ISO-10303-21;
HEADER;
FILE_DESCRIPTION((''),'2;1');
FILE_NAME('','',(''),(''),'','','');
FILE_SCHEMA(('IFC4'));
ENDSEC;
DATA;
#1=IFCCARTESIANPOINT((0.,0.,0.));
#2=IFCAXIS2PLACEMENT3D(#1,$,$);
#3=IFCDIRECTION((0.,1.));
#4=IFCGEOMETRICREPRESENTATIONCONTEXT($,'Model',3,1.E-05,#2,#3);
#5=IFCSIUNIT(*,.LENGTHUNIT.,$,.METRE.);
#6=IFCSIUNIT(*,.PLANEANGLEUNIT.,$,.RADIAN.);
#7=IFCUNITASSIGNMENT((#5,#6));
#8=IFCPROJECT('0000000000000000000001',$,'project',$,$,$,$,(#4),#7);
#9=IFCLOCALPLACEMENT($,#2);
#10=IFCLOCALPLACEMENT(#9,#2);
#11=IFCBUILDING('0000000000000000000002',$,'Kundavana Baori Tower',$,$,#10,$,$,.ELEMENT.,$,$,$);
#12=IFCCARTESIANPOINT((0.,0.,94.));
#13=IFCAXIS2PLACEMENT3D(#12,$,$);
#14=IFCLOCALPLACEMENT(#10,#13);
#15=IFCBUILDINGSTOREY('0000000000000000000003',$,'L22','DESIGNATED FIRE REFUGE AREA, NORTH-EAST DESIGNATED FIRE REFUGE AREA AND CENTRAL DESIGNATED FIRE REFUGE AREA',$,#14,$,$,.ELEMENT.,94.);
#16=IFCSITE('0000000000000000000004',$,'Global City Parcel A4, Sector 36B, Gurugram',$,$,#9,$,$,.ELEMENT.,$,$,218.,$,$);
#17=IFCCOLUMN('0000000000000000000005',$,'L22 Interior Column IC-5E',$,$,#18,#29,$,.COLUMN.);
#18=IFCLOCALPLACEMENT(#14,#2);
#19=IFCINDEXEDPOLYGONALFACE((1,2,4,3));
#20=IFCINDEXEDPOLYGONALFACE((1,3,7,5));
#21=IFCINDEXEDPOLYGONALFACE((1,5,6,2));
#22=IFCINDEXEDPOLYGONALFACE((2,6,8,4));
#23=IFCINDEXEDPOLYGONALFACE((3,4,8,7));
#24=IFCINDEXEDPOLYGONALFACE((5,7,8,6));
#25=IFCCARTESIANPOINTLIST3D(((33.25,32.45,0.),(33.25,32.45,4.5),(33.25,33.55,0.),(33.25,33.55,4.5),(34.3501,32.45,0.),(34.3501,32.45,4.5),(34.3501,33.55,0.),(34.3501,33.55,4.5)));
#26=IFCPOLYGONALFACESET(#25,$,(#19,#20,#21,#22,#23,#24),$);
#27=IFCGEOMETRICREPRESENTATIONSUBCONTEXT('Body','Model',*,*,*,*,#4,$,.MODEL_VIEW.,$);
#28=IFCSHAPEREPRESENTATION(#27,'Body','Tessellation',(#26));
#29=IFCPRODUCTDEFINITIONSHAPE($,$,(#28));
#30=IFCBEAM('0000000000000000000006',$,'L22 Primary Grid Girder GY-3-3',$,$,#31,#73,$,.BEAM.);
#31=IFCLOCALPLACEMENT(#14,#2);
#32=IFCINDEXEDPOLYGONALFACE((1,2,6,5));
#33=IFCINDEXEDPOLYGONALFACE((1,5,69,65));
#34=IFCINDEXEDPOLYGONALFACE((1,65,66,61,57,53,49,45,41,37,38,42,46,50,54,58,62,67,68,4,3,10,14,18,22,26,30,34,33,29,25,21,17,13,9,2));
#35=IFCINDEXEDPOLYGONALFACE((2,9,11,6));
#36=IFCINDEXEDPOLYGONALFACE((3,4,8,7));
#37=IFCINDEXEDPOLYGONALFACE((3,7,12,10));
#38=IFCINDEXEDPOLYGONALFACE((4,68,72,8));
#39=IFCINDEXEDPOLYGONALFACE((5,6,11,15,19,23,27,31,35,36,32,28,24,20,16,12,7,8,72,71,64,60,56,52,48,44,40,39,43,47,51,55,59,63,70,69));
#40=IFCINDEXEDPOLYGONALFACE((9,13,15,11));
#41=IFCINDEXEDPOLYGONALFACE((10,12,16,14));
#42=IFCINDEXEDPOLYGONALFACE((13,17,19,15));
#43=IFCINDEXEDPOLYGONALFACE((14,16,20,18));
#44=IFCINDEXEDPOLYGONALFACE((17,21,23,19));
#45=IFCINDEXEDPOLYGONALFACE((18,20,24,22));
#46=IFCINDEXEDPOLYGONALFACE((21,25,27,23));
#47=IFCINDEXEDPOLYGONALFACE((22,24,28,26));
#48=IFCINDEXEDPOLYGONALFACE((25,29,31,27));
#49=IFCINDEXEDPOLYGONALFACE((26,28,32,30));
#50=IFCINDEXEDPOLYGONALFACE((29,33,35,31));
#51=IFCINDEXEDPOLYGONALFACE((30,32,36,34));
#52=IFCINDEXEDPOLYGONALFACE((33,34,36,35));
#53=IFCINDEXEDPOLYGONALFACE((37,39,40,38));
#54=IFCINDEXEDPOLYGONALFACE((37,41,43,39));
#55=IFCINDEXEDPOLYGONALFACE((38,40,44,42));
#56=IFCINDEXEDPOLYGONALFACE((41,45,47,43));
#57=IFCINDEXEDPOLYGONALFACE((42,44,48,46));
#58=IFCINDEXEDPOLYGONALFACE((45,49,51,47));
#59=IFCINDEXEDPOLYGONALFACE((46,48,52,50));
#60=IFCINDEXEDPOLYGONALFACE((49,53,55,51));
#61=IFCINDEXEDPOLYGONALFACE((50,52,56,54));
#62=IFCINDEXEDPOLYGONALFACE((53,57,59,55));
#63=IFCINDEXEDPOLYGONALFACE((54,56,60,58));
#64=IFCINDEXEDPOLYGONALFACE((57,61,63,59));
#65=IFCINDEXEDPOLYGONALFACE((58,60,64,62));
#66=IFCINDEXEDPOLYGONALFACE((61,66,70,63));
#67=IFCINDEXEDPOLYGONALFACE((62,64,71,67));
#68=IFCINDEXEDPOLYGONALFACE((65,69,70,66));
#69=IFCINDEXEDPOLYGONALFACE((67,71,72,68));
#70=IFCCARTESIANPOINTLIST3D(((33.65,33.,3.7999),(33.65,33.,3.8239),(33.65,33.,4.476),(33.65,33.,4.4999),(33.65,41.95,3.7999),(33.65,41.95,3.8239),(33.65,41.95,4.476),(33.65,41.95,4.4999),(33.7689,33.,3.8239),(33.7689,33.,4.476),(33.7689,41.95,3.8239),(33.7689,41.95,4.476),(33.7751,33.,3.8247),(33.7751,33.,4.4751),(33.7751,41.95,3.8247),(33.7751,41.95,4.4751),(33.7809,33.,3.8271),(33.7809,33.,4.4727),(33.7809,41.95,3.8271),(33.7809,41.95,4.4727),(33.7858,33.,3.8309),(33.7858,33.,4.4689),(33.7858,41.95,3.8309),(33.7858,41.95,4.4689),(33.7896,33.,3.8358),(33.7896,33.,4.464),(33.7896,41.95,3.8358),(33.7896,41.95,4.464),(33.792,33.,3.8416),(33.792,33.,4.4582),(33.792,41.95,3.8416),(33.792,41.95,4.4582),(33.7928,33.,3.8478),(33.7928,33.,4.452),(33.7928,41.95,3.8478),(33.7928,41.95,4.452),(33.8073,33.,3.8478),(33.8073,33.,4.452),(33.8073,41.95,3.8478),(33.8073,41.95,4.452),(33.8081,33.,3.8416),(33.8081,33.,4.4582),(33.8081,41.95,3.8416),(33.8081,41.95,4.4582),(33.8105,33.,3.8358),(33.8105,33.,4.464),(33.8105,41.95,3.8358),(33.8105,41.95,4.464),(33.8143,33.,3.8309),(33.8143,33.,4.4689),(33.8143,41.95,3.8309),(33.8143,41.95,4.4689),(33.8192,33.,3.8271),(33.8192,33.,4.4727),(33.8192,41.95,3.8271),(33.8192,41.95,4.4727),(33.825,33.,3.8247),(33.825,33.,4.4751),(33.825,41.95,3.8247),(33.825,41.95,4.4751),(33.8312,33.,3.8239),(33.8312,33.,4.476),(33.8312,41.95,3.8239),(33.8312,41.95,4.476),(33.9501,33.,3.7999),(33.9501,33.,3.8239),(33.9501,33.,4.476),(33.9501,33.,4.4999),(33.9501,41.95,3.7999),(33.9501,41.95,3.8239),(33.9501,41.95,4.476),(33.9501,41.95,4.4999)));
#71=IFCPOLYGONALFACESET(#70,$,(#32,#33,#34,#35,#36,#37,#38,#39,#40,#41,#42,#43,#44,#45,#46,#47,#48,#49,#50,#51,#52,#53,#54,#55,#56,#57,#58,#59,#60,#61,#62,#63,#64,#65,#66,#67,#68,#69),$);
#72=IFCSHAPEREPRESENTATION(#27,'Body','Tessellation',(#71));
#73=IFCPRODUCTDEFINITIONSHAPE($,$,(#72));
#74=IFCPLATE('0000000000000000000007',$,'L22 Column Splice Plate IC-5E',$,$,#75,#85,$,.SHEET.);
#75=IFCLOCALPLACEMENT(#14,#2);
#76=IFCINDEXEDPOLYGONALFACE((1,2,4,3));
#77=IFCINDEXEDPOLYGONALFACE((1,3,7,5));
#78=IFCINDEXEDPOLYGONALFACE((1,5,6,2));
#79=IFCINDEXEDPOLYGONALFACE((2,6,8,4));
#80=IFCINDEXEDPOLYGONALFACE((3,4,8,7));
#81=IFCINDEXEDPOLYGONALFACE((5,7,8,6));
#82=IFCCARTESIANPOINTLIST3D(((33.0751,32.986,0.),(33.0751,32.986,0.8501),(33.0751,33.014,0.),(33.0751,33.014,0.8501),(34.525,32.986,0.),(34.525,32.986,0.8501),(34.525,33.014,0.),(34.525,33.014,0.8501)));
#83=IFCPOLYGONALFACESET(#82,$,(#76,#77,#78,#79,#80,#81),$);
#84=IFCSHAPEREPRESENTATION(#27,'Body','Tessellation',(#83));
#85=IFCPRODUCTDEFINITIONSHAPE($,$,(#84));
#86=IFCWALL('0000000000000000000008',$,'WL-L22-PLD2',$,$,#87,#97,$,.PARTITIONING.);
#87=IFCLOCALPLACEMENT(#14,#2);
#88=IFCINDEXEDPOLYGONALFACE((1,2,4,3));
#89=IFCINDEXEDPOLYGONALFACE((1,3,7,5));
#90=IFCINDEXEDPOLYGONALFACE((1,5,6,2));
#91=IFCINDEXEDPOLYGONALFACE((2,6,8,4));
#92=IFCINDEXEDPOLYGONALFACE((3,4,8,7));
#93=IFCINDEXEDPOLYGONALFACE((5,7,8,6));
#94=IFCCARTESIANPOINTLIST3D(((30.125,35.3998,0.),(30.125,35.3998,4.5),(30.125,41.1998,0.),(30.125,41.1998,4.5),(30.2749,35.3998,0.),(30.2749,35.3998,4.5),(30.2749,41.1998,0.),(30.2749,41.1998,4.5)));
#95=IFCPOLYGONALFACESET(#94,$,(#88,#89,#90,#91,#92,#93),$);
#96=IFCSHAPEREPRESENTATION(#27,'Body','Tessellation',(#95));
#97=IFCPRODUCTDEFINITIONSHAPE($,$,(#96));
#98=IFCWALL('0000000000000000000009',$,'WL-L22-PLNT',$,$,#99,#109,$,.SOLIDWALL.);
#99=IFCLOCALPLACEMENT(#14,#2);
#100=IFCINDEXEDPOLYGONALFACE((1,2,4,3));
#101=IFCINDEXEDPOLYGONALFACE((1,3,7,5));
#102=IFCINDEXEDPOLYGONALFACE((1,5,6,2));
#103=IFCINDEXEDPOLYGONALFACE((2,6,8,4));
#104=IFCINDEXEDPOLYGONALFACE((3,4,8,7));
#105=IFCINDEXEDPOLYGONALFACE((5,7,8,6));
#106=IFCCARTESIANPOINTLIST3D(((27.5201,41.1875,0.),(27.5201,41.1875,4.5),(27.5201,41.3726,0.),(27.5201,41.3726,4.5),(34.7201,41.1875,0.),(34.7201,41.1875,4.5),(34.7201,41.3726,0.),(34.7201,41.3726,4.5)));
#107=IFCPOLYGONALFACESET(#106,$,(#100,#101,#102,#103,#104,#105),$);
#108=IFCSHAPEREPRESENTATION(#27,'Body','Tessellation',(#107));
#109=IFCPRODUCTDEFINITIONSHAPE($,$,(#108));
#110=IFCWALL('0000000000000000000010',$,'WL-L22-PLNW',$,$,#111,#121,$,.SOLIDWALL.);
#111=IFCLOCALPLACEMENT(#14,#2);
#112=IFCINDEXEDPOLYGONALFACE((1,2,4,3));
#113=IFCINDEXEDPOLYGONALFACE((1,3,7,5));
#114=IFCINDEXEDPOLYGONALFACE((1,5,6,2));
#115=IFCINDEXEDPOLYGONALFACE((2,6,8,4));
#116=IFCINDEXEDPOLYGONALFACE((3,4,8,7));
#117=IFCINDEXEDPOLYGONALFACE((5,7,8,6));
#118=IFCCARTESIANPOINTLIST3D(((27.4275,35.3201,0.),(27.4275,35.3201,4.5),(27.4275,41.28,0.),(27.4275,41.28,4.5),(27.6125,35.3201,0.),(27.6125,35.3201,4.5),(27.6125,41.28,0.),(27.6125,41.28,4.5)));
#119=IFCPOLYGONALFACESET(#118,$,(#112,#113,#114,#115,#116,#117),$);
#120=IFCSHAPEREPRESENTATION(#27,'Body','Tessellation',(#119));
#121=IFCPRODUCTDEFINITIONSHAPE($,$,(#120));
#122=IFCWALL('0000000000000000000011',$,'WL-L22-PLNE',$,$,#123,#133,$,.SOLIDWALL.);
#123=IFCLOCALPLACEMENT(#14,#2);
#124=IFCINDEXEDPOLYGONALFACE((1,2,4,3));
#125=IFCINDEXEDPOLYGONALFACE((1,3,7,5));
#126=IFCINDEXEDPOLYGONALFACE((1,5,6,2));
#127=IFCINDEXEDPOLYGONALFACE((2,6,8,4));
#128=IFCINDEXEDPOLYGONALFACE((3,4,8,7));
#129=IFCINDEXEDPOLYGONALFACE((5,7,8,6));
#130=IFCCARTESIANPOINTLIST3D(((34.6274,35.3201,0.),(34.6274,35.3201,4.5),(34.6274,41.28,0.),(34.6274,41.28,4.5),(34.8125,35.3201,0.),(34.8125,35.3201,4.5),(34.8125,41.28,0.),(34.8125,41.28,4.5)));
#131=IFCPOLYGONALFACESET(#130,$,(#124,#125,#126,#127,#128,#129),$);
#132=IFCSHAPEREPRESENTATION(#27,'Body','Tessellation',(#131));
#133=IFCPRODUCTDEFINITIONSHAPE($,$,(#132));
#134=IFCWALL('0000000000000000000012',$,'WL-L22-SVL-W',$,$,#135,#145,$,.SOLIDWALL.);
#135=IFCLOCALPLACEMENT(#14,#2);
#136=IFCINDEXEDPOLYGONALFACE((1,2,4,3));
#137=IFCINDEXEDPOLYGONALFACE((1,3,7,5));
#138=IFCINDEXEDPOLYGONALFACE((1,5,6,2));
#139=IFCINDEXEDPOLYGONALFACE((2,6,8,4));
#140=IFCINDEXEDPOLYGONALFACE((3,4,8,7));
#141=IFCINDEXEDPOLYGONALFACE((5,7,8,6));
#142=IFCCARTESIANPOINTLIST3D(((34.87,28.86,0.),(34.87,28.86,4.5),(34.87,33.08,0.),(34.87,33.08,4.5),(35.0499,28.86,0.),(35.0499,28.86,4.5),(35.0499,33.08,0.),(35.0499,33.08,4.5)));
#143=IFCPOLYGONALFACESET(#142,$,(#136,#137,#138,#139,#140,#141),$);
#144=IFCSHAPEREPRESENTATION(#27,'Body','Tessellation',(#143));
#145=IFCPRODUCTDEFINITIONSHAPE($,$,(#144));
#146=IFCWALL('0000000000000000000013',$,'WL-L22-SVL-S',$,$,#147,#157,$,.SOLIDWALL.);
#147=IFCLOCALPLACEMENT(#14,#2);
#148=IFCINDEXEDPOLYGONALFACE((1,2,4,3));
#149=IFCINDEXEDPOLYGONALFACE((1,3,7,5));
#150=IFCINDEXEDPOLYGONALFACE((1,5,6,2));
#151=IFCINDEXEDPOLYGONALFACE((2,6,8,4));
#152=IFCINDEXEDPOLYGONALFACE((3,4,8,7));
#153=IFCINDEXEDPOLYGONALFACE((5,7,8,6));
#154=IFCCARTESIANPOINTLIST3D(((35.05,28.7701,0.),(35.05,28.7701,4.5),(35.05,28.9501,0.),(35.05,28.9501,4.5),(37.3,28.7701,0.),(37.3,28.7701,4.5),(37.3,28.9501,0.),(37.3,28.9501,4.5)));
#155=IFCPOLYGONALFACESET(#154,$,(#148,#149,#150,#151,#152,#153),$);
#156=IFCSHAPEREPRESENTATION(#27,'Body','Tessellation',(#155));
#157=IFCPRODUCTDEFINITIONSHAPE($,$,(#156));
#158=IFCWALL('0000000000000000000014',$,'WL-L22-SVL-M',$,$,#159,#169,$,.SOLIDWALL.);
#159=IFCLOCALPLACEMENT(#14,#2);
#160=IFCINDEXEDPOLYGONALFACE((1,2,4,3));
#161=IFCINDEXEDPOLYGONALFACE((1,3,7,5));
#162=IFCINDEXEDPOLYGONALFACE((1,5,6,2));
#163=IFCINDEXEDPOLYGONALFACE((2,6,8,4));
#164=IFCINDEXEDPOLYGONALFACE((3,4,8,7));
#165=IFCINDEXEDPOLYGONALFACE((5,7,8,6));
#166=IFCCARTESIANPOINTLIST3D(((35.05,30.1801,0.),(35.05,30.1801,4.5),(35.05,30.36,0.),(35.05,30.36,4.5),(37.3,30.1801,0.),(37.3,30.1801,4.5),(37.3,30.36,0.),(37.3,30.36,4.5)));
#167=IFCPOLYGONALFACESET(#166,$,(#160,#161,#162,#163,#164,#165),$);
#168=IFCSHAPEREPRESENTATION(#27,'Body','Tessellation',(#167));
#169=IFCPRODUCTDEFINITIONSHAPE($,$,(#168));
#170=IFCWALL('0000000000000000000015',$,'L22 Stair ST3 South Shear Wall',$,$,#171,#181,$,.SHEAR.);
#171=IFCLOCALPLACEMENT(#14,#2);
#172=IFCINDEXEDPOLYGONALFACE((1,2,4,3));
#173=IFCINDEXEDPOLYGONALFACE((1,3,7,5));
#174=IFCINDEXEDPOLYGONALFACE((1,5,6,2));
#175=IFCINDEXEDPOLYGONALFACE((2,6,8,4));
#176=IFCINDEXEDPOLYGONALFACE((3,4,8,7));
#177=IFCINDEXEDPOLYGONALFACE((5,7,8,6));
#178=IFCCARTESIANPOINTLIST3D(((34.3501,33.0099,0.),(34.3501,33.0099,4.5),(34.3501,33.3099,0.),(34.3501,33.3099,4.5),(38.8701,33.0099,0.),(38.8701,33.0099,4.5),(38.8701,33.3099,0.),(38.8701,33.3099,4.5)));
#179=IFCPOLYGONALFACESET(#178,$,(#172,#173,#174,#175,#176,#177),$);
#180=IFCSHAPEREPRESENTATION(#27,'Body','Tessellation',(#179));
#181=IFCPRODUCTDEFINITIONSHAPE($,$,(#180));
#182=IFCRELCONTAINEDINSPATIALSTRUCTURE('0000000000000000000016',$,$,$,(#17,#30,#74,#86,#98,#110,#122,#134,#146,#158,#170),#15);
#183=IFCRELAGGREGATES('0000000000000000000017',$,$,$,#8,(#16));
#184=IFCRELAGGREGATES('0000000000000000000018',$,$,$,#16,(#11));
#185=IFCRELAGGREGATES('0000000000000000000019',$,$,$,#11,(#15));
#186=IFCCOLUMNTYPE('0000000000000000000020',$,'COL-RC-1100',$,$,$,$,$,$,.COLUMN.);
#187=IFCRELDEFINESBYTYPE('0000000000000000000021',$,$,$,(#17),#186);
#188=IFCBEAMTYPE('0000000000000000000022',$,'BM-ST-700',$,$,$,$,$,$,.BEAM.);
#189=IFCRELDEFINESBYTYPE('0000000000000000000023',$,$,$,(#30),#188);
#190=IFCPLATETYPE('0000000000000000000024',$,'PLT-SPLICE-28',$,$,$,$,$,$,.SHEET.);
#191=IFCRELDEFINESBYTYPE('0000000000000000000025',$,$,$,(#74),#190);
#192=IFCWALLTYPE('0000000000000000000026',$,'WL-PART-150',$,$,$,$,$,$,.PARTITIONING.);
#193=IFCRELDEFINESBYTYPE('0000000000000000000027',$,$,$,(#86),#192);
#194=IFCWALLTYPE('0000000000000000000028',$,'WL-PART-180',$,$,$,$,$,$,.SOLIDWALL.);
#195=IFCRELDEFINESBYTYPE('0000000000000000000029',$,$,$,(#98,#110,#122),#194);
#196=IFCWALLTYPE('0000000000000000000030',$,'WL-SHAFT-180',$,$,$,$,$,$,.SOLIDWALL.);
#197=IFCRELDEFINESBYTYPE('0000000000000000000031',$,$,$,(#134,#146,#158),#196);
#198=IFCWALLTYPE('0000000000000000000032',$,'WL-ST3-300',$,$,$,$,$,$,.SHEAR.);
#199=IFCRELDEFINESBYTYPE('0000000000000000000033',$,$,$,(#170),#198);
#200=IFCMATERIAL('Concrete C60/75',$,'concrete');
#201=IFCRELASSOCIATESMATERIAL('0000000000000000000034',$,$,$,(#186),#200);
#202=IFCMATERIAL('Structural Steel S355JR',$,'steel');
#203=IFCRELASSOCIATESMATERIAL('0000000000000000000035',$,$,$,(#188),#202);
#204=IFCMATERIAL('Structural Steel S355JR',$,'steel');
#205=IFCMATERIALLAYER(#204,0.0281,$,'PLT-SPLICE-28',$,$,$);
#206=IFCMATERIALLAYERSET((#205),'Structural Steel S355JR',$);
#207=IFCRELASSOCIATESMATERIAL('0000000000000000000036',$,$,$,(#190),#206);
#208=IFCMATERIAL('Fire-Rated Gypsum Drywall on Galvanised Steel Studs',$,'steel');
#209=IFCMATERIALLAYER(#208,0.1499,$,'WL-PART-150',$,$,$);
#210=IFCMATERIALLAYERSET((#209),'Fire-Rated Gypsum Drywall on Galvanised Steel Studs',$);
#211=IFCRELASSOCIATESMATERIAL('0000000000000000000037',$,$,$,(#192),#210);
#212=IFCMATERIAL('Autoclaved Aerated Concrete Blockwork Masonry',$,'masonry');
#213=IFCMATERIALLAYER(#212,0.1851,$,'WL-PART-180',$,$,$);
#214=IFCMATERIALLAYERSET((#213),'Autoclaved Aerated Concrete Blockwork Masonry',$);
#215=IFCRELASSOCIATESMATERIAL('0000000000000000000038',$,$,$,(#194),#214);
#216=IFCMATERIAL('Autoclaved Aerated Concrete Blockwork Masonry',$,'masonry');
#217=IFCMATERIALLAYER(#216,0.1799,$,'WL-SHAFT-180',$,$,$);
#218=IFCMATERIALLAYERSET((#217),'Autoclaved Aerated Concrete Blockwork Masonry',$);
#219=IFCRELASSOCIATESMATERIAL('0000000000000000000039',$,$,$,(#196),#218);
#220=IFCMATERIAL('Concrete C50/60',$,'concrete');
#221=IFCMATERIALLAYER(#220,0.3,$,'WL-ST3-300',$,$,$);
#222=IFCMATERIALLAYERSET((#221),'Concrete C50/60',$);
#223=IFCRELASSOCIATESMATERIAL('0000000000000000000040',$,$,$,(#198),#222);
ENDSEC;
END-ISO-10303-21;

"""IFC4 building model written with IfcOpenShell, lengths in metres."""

from ifc_helpers import new_model, si_unit, direction, frame, frame_2d, origin, origin_2d, place, context, subcontext, project, spatial, rectangle, i_section, extrude, material, layer, layer_set, material_profile, profile_set, type_object, element, save


model = new_model("IFC4")

# Units and contexts
model_context = context("Model", 3, precision=1e-05, world=origin(), true_north=direction((0.0, 1.0)))
body_context = subcontext(model_context, "Body", "Model", "MODEL_VIEW")
ifc_project = project(units=[si_unit("LENGTHUNIT", "METRE"), si_unit("PLANEANGLEUNIT", "RADIAN")], contexts=[model_context])

# Site, building, storey
site_placement = place(None, origin())
site = spatial("IfcSite", under=ifc_project, at=site_placement, Name="Global City Parcel A4, Sector 36B, Gurugram", CompositionType="ELEMENT", RefElevation=218.0)
building_placement = place(site_placement, origin())
building = spatial("IfcBuilding", under=site, at=building_placement, Name="Kundavana Baori Tower", CompositionType="ELEMENT")
storey_placement = place(building_placement, frame((0.0, 0.0, 94.0)))
storey = spatial("IfcBuildingStorey", under=building, at=storey_placement, Name="L22", Description="DESIGNATED FIRE REFUGE AREA, NORTH-EAST DESIGNATED FIRE REFUGE AREA AND CENTRAL DESIGNATED FIRE REFUGE AREA", CompositionType="ELEMENT", Elevation=94.0)

# Column
ifc_material_1 = material(Name="Concrete C60/75", Category="concrete")
ifc_material_profile_1 = material_profile(ifc_material_1, rectangle(XDim=1.1001, YDim=1.1001, at=origin_2d()), Name="RC 1100x1100")
ifc_profile_set_1 = profile_set([ifc_material_profile_1], Name="Concrete C60/75")
column_type = type_object("IfcColumnType", Name="COL-RC-1100", PredefinedType="COLUMN", material=ifc_profile_set_1)
column_placement = place(storey_placement, frame((33.8, 33.0, 0.0), z_axis=(0.0, 0.0, 1.0), x_axis=(1.0, 0.0, 0.0)))
element("IfcColumn", 1, at=column_placement, inside=storey, type_object=column_type, Name="L22 Interior Column IC-5E", PredefinedType="COLUMN", context=body_context, shape_type="SweptSolid", body=[
    extrude(rectangle(XDim=1.1001, YDim=1.1001, at=origin_2d()), origin(), (0.0, 0.0, 1.0), 4.5),
])

# Beam
ifc_material_2 = material(Name="Structural Steel S355JR", Category="steel")
ifc_material_profile_2 = material_profile(ifc_material_2, i_section(OverallWidth=0.3, OverallDepth=0.7, WebThickness=0.0144, FlangeThickness=0.0239, FilletRadius=0.0239, at=origin_2d()), Name="NPB 700x300x170")
ifc_profile_set_2 = profile_set([ifc_material_profile_2], Name="Structural Steel S355JR")
beam_type = type_object("IfcBeamType", Name="BM-ST-700", PredefinedType="BEAM", material=ifc_profile_set_2)
beam_placement = place(storey_placement, frame((33.8, 33.0, 4.1499), z_axis=(0.0, 1.0, 0.0), x_axis=(-1.0, 0.0, 0.0)))
element("IfcBeam", 2, at=beam_placement, inside=storey, type_object=beam_type, Name="L22 Primary Grid Girder GY-3-3", PredefinedType="BEAM", context=body_context, shape_type="SweptSolid", body=[
    extrude(i_section(OverallWidth=0.3, OverallDepth=0.7, WebThickness=0.0144, FlangeThickness=0.0239, FilletRadius=0.0239, at=origin_2d()), origin(), (0.0, 0.0, 1.0), 8.95),
])

# Plate
ifc_material_3 = material(Name="Structural Steel S355JR", Category="steel")
ifc_layer_1 = layer(ifc_material_3, 0.0281, Name="PLT-SPLICE-28")
ifc_layer_set_1 = layer_set([ifc_layer_1], Name="Structural Steel S355JR")
plate_type = type_object("IfcPlateType", Name="PLT-SPLICE-28", PredefinedType="SHEET", material=ifc_layer_set_1)
plate_placement = place(storey_placement, frame((33.8, 33.0, 0.0), z_axis=(0.0, 0.0, 1.0), x_axis=(1.0, 0.0, 0.0)))
element("IfcPlate", 3, at=plate_placement, inside=storey, type_object=plate_type, Name="L22 Column Splice Plate IC-5E", PredefinedType="SHEET", context=body_context, shape_type="SweptSolid", body=[
    extrude(rectangle(XDim=1.45, YDim=0.0281, at=origin_2d()), origin(), (0.0, 0.0, 1.0), 0.8501),
])

# Walls
ifc_material_4 = material(Name="Fire-Rated Gypsum Drywall on Galvanised Steel Studs", Category="steel")
ifc_layer_2 = layer(ifc_material_4, 0.1499, Name="WL-PART-150")
ifc_layer_set_2 = layer_set([ifc_layer_2], Name="Fire-Rated Gypsum Drywall on Galvanised Steel Studs")
wall_type_1 = type_object("IfcWallType", Name="WL-PART-150", PredefinedType="PARTITIONING", material=ifc_layer_set_2)
wall_1_placement = place(storey_placement, frame((30.2, 35.3999, 0.0), z_axis=(0.0, 0.0, 1.0), x_axis=(0.0, 1.0, 0.0)))
element("IfcWall", 4, at=wall_1_placement, inside=storey, type_object=wall_type_1, Name="WL-L22-PLD2", PredefinedType="PARTITIONING", context=body_context, shape_type="SweptSolid", body=[
    extrude(rectangle(XDim=5.8, YDim=0.1499, at=frame_2d((2.8999, 0.0))), origin(), (0.0, 0.0, 1.0), 4.5),
])
ifc_material_5 = material(Name="Autoclaved Aerated Concrete Blockwork Masonry", Category="masonry")
ifc_layer_3 = layer(ifc_material_5, 0.1851, Name="WL-PART-180")
ifc_layer_set_3 = layer_set([ifc_layer_3], Name="Autoclaved Aerated Concrete Blockwork Masonry")
wall_type_2 = type_object("IfcWallType", Name="WL-PART-180", PredefinedType="SOLIDWALL", material=ifc_layer_set_3)
wall_2_placement = place(storey_placement, frame((27.52, 41.28, 0.0), z_axis=(0.0, 0.0, 1.0), x_axis=(1.0, 0.0, 0.0)))
element("IfcWall", 5, at=wall_2_placement, inside=storey, type_object=wall_type_2, Name="WL-L22-PLNT", PredefinedType="SOLIDWALL", context=body_context, shape_type="SweptSolid", body=[
    extrude(rectangle(XDim=7.2, YDim=0.1851, at=frame_2d((3.6001, 0.0))), origin(), (0.0, 0.0, 1.0), 4.5),
])
for number, where, z_axis, x_axis, name in (
    (6, (27.52, 35.3201, 0.0), (0.0, 0.0, 1.0), (0.0, 1.0, 0.0), "WL-L22-PLNW"),
    (7, (34.72, 35.3201, 0.0), (0.0, 0.0, 1.0), (0.0, 1.0, 0.0), "WL-L22-PLNE"),
):
    element("IfcWall", number, at=place(storey_placement, frame(where, z_axis=z_axis, x_axis=x_axis)), inside=storey, type_object=wall_type_2, Name=name, PredefinedType="SOLIDWALL", context=body_context, shape_type="SweptSolid", body=[
        extrude(rectangle(XDim=5.96, YDim=0.1851, at=frame_2d((2.98, 0.0))), origin(), (0.0, 0.0, 1.0), 4.5),
    ])
ifc_material_6 = material(Name="Autoclaved Aerated Concrete Blockwork Masonry", Category="masonry")
ifc_layer_4 = layer(ifc_material_6, 0.1799, Name="WL-SHAFT-180")
ifc_layer_set_4 = layer_set([ifc_layer_4], Name="Autoclaved Aerated Concrete Blockwork Masonry")
wall_type_3 = type_object("IfcWallType", Name="WL-SHAFT-180", PredefinedType="SOLIDWALL", material=ifc_layer_set_4)
wall_3_placement = place(storey_placement, frame((34.96, 28.8601, 0.0), z_axis=(0.0, 0.0, 1.0), x_axis=(0.0, 1.0, 0.0)))
element("IfcWall", 8, at=wall_3_placement, inside=storey, type_object=wall_type_3, Name="WL-L22-SVL-W", PredefinedType="SOLIDWALL", context=body_context, shape_type="SweptSolid", body=[
    extrude(rectangle(XDim=4.22, YDim=0.1799, at=frame_2d((2.1099, 0.0))), origin(), (0.0, 0.0, 1.0), 4.5),
])
for number, where, z_axis, x_axis, name in (
    (9, (35.05, 28.8601, 0.0), (0.0, 0.0, 1.0), (1.0, 0.0, 0.0), "WL-L22-SVL-S"),
    (10, (35.05, 30.27, 0.0), (0.0, 0.0, 1.0), (1.0, 0.0, 0.0), "WL-L22-SVL-M"),
):
    element("IfcWall", number, at=place(storey_placement, frame(where, z_axis=z_axis, x_axis=x_axis)), inside=storey, type_object=wall_type_3, Name=name, PredefinedType="SOLIDWALL", context=body_context, shape_type="SweptSolid", body=[
        extrude(rectangle(XDim=2.25, YDim=0.1799, at=frame_2d((1.125, 0.0))), origin(), (0.0, 0.0, 1.0), 4.5),
    ])
ifc_material_7 = material(Name="Concrete C50/60", Category="concrete")
ifc_layer_5 = layer(ifc_material_7, 0.3, Name="WL-ST3-300")
ifc_layer_set_5 = layer_set([ifc_layer_5], Name="Concrete C50/60")
wall_type_4 = type_object("IfcWallType", Name="WL-ST3-300", PredefinedType="SHEAR", material=ifc_layer_set_5)
for number, where, z_axis, x_axis, name in (
    (11, (34.3501, 33.1599, 0.0), (0.0, 0.0, 1.0), (1.0, 0.0, 0.0), "L22 Stair ST3 South Shear Wall"),
):
    element("IfcWall", number, at=place(storey_placement, frame(where, z_axis=z_axis, x_axis=x_axis)), inside=storey, type_object=wall_type_4, Name=name, PredefinedType="SHEAR", context=body_context, shape_type="SweptSolid", body=[
        extrude(rectangle(XDim=4.52, YDim=0.3, at=frame_2d((2.26, 0.0))), origin(), (0.0, 0.0, 1.0), 4.5),
    ])

save(model, "model.ifc")
